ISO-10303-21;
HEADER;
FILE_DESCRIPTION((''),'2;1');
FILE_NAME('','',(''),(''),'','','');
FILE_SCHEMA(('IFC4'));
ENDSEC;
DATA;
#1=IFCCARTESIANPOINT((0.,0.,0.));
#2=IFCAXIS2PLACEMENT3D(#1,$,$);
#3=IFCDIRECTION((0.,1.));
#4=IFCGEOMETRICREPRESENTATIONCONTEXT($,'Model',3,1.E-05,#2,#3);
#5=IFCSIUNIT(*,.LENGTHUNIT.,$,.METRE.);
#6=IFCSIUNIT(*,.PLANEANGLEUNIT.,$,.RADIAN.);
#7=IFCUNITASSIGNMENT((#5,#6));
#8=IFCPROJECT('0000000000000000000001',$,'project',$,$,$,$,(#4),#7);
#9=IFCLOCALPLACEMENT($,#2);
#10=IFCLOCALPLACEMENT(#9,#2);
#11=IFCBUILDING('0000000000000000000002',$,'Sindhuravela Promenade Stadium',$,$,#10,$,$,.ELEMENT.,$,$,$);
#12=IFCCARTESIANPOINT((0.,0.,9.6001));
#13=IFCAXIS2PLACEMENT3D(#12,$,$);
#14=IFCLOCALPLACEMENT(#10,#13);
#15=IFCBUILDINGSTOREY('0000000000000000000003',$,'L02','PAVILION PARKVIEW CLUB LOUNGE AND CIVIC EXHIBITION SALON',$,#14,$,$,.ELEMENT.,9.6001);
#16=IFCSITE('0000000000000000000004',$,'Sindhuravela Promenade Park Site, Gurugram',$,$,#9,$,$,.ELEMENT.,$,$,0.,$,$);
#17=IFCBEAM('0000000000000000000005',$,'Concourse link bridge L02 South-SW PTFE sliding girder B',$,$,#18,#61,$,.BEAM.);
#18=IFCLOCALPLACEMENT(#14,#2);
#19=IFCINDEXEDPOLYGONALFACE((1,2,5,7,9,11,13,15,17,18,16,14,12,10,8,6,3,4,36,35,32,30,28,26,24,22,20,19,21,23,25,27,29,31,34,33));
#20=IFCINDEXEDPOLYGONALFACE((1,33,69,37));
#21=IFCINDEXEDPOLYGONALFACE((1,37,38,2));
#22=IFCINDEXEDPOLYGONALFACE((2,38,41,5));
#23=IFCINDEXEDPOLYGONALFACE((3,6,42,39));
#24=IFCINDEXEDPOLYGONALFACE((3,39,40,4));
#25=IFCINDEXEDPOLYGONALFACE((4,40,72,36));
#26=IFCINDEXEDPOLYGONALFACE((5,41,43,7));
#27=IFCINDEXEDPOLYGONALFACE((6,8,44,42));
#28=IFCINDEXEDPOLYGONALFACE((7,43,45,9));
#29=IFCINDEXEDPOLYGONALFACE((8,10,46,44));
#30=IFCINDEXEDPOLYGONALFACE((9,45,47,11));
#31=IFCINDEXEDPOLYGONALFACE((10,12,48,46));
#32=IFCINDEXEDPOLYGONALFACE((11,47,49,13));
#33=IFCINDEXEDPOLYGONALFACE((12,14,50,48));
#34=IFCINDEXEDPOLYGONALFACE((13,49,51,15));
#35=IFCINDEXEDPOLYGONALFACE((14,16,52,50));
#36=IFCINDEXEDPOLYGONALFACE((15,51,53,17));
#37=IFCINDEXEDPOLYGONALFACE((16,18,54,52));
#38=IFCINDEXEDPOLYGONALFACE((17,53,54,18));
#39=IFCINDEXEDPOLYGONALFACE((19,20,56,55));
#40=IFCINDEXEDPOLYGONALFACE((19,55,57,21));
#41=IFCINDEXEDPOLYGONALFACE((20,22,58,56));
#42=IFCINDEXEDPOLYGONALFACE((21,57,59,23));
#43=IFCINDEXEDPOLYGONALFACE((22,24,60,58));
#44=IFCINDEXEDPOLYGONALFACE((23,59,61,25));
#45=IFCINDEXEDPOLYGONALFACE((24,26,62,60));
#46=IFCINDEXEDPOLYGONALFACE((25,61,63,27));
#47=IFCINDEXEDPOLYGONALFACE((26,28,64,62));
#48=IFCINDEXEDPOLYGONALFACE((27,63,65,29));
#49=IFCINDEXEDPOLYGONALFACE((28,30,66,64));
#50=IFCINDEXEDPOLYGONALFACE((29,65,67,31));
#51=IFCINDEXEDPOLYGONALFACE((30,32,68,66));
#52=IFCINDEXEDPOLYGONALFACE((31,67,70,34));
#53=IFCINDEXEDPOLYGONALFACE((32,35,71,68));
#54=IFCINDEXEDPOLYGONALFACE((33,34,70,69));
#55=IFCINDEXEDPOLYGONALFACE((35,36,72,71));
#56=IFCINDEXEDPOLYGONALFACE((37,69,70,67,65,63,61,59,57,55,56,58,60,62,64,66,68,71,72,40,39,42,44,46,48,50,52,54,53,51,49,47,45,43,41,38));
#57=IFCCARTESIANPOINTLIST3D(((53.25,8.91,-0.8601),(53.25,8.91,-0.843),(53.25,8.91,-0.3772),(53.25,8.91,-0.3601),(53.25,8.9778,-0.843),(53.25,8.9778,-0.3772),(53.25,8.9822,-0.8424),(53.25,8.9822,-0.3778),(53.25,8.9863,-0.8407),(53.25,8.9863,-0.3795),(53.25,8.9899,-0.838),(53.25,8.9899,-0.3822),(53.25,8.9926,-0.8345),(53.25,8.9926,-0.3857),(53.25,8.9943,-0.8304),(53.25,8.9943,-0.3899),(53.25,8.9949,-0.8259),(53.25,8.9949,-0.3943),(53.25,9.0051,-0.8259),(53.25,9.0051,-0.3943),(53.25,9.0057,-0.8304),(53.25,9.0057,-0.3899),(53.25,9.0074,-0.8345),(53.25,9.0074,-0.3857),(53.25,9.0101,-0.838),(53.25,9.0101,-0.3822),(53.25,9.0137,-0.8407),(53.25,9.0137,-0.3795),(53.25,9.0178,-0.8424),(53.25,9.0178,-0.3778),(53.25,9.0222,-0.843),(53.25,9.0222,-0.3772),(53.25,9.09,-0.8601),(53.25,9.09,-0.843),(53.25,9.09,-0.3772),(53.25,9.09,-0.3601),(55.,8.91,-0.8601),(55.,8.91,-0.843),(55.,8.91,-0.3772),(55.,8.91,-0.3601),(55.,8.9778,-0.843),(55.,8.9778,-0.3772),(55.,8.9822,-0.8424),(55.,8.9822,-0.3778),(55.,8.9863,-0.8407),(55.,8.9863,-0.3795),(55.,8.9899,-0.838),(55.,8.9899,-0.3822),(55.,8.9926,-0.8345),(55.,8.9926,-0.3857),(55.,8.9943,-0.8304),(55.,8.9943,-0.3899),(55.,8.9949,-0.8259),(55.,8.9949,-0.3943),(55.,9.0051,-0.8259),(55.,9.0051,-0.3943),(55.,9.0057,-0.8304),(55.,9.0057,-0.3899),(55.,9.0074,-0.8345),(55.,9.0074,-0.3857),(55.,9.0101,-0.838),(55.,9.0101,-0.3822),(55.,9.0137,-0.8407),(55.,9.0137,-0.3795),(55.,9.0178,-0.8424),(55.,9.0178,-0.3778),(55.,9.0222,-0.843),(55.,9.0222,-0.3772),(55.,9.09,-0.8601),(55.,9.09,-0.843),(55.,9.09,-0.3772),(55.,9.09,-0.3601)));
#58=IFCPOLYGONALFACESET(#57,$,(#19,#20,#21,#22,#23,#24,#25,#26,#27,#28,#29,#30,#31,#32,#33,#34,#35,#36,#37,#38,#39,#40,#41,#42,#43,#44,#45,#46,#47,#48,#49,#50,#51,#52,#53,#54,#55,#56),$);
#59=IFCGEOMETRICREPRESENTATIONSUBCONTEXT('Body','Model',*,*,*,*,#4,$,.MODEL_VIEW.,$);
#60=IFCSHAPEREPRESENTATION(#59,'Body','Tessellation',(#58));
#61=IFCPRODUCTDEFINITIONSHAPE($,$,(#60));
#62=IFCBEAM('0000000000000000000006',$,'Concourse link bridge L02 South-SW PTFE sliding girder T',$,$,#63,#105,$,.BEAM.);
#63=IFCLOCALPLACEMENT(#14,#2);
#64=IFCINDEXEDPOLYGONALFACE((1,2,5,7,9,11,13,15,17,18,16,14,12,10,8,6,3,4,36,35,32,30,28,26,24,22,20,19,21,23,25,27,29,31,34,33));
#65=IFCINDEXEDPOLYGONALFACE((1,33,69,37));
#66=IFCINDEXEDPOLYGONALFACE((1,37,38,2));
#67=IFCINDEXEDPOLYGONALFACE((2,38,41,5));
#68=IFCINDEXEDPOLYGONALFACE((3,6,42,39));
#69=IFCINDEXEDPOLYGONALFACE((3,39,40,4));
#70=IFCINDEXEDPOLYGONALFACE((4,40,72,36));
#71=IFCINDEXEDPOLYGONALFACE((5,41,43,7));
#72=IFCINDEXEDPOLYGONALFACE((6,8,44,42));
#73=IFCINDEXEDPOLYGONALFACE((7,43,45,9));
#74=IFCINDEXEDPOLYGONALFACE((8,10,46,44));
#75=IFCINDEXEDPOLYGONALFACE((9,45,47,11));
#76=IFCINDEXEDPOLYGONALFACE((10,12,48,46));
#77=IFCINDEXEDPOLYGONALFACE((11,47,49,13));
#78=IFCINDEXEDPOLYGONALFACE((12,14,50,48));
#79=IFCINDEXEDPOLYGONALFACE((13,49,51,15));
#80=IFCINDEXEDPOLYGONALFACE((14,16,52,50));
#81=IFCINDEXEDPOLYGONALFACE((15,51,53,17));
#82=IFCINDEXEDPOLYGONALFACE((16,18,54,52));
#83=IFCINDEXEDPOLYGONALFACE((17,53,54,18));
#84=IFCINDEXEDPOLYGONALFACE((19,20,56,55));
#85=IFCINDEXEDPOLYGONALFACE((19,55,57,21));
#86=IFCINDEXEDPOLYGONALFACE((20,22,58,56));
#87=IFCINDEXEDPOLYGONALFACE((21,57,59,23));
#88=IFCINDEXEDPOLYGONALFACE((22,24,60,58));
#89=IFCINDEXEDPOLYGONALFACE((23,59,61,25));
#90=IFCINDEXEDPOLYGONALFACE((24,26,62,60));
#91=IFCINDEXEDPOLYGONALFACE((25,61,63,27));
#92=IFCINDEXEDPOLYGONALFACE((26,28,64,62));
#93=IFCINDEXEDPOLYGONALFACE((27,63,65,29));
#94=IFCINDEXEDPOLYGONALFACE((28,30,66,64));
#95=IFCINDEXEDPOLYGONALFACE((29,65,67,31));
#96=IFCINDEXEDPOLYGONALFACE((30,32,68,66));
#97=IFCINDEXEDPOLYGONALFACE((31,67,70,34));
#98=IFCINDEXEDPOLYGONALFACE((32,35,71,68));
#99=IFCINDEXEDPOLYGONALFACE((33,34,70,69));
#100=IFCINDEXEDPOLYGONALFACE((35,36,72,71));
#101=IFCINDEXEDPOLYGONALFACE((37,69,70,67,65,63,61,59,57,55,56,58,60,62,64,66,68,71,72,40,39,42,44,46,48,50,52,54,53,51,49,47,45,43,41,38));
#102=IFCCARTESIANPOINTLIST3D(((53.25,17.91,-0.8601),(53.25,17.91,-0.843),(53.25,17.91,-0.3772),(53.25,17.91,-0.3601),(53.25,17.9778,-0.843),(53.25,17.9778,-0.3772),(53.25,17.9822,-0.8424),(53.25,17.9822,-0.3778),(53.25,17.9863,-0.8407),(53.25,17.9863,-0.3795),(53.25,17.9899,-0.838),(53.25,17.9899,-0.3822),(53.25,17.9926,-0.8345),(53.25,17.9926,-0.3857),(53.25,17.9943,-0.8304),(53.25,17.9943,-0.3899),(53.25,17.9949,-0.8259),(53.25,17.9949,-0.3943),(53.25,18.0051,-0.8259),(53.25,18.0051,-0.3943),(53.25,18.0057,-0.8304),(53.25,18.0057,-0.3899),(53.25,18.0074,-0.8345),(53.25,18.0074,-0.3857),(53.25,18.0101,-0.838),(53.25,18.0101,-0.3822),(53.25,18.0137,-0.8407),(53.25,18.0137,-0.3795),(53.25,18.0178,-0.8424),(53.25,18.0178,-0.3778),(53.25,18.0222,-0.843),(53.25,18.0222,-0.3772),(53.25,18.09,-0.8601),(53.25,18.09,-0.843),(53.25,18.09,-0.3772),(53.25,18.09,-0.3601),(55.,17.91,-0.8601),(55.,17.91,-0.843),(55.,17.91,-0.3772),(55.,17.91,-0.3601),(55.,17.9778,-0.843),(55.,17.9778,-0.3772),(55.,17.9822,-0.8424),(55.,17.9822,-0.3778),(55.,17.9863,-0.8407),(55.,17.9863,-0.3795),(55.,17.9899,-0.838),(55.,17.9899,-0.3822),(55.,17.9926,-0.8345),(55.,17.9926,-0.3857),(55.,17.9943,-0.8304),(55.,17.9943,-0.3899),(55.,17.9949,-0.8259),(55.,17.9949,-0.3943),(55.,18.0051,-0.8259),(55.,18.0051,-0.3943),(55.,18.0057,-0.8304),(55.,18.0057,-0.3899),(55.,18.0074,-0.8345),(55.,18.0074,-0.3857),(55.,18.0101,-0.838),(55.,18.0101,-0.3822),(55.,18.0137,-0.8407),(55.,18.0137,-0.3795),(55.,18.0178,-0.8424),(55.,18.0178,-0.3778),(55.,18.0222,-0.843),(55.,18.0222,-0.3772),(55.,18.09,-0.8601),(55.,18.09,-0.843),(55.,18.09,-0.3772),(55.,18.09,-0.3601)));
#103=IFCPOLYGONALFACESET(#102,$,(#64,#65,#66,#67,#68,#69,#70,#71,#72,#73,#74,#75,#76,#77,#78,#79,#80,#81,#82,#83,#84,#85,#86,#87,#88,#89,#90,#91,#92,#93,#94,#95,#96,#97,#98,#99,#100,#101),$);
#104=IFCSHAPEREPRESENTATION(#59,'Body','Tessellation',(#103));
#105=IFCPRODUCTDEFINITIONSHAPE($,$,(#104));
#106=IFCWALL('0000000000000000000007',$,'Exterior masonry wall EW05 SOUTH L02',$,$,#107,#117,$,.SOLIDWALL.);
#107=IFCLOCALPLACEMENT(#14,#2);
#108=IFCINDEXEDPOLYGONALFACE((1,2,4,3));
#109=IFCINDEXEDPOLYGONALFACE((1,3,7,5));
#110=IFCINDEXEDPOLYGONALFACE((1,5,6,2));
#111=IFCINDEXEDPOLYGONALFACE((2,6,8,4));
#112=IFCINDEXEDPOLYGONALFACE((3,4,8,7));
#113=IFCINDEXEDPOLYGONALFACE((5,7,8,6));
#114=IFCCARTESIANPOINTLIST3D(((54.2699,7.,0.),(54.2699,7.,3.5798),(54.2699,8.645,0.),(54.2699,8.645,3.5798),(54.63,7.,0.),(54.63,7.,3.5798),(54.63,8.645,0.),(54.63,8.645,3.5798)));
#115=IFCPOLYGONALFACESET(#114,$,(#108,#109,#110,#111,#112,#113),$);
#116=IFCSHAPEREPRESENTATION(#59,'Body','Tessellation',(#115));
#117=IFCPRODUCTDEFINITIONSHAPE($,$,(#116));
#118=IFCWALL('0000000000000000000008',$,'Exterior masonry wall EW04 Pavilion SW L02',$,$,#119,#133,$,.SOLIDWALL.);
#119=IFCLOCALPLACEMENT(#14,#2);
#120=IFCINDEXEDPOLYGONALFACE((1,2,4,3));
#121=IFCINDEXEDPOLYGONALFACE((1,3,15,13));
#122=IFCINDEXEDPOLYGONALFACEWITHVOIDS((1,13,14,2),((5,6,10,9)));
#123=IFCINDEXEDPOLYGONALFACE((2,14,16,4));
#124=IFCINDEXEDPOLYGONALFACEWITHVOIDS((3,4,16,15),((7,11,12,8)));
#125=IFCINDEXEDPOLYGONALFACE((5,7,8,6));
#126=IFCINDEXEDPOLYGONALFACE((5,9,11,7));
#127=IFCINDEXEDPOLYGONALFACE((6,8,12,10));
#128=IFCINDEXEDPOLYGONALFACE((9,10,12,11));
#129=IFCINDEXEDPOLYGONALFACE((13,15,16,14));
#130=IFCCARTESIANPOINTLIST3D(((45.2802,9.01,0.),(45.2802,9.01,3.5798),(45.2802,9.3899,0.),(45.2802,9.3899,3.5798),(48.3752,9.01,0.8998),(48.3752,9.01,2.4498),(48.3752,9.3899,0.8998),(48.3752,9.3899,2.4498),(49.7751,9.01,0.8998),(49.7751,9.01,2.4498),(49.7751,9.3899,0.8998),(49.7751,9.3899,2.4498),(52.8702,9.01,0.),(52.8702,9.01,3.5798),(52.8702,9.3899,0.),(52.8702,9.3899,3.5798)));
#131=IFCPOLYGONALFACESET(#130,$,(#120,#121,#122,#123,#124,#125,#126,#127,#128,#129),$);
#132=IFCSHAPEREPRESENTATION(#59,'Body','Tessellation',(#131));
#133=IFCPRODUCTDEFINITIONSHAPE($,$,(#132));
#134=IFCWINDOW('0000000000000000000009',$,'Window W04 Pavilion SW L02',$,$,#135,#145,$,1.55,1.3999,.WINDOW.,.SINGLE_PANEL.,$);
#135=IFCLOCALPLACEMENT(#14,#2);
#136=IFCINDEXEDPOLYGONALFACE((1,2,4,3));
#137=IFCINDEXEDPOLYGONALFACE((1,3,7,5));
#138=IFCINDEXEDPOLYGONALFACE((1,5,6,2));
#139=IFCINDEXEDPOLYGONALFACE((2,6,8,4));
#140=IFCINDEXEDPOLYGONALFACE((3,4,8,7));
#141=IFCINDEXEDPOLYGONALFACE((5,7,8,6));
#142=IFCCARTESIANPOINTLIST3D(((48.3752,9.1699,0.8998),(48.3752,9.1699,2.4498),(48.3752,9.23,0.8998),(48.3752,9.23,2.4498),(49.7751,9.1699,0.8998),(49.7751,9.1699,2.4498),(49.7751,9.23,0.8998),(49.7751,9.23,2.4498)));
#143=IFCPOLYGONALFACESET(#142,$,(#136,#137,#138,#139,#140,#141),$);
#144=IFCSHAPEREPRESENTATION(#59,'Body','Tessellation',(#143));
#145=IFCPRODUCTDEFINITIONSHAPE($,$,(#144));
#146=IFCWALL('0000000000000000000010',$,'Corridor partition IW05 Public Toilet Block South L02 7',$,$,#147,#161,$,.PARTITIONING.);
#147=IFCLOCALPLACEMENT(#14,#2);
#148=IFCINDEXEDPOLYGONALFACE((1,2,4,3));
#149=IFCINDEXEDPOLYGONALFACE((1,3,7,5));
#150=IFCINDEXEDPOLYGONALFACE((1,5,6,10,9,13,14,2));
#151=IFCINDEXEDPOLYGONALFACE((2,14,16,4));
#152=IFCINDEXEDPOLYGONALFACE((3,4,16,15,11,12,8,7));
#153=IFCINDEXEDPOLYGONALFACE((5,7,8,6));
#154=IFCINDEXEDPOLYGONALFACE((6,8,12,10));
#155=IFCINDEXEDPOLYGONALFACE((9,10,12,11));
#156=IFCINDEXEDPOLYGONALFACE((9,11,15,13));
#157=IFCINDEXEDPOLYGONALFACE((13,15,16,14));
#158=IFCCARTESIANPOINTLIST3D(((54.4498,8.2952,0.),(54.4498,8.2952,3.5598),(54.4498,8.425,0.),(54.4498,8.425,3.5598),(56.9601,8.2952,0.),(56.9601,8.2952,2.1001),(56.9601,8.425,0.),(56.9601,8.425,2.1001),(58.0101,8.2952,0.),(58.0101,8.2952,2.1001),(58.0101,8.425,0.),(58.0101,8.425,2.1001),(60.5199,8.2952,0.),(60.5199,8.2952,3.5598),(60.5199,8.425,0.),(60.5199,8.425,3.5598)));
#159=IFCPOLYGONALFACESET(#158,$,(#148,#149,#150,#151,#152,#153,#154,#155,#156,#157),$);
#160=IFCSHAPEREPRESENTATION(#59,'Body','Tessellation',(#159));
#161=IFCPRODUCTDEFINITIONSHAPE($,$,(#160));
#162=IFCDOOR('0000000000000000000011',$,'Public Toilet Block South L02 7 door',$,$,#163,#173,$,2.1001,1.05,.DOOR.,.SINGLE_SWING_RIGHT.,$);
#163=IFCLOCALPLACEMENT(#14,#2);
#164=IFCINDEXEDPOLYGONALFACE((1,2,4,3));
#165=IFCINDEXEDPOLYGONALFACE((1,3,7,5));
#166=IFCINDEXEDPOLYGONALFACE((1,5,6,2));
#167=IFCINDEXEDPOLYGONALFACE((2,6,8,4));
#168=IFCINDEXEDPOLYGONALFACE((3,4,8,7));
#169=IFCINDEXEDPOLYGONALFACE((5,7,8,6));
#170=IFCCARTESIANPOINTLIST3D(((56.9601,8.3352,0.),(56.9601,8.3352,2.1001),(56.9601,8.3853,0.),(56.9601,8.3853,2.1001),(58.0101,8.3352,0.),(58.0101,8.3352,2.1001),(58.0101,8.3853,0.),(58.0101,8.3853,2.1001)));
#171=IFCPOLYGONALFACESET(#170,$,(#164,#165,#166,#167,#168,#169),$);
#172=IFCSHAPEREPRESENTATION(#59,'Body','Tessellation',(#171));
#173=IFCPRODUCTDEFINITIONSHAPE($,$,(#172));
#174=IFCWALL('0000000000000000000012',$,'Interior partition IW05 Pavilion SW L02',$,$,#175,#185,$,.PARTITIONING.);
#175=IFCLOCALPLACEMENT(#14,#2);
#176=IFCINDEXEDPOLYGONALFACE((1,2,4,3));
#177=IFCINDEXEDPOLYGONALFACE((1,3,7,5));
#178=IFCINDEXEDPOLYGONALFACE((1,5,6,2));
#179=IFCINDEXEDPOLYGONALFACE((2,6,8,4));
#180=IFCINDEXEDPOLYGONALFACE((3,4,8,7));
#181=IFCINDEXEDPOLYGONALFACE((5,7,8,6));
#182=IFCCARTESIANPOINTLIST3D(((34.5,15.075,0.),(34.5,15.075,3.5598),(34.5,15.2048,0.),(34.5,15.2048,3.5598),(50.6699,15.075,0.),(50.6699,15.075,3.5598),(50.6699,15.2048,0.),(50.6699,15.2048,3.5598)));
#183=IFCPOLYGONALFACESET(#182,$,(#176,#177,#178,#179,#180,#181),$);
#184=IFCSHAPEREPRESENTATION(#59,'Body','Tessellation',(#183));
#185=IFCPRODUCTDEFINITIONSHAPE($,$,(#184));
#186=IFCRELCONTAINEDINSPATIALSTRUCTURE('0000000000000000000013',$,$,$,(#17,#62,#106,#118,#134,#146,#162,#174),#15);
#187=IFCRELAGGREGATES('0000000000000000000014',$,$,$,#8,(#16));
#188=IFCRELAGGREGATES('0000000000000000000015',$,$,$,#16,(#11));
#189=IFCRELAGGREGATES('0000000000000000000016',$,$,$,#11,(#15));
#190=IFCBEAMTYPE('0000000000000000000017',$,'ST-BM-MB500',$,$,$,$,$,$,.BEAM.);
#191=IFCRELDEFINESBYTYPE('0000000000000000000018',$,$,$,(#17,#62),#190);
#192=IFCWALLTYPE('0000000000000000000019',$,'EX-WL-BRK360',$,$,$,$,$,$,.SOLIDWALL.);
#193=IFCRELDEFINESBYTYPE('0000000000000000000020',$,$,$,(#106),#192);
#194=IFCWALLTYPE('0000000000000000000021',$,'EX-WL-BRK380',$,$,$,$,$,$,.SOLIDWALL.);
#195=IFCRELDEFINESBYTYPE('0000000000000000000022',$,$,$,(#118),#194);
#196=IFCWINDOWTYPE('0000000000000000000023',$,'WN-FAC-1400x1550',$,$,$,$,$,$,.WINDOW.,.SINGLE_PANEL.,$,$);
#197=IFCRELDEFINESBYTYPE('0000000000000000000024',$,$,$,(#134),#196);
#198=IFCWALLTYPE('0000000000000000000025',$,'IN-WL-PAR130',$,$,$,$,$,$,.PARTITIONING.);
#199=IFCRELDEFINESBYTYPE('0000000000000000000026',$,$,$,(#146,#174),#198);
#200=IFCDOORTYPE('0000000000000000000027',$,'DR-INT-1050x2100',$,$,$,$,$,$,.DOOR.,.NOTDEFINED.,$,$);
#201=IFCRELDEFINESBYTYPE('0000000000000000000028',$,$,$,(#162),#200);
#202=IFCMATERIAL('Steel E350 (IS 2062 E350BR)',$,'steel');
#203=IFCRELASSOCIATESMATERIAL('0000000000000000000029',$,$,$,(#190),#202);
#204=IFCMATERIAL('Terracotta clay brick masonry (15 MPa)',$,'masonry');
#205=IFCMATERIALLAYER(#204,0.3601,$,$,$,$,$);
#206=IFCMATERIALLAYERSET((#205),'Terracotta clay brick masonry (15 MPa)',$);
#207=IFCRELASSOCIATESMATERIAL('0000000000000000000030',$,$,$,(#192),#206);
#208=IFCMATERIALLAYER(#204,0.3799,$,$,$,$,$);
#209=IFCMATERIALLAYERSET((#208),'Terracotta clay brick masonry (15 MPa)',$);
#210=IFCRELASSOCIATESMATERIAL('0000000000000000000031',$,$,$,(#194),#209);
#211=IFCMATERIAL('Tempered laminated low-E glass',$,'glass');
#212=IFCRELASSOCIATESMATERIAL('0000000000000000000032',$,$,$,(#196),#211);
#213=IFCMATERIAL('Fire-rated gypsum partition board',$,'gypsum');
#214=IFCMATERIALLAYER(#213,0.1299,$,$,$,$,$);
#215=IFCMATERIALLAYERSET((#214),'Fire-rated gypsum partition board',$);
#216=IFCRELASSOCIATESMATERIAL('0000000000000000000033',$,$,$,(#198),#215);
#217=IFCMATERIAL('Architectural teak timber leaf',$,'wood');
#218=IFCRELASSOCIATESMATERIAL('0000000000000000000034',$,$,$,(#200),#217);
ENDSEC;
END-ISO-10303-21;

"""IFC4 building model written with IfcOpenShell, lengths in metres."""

from ifc_helpers import new_model, si_unit, direction, frame, frame_2d, origin, origin_2d, place, context, subcontext, project, spatial, rectangle, i_section, extrude, material, layer, layer_set, material_profile, profile_set, type_object, element, fill, save


model = new_model("IFC4")

# Units and contexts
model_context = context("Model", 3, precision=1e-05, world=origin(), true_north=direction((0.0, 1.0)))
body_context = subcontext(model_context, "Body", "Model", "MODEL_VIEW")
ifc_project = project(units=[si_unit("LENGTHUNIT", "METRE"), si_unit("PLANEANGLEUNIT", "RADIAN")], contexts=[model_context])

# Site, building, storey
site_placement = place(None, origin())
site = spatial("IfcSite", under=ifc_project, at=site_placement, Name="Sindhuravela Promenade Park Site, Gurugram", CompositionType="ELEMENT", RefElevation=0.0)
building_placement = place(site_placement, origin())
building = spatial("IfcBuilding", under=site, at=building_placement, Name="Sindhuravela Promenade Stadium", CompositionType="ELEMENT")
storey_placement = place(building_placement, frame((0.0, 0.0, 9.6001)))
storey = spatial("IfcBuildingStorey", under=building, at=storey_placement, Name="L02", Description="PAVILION PARKVIEW CLUB LOUNGE AND CIVIC EXHIBITION SALON", CompositionType="ELEMENT", Elevation=9.6001)

# Beams
ifc_material_1 = material(Name="Steel E350 (IS 2062 E350BR)", Category="steel")
ifc_material_profile_1 = material_profile(ifc_material_1, i_section(OverallWidth=0.1799, OverallDepth=0.5, WebThickness=0.0103, FlangeThickness=0.0171, FilletRadius=0.0171, at=origin_2d()), Name="ISMB 500")
ifc_profile_set_1 = profile_set([ifc_material_profile_1], Name="Steel E350 (IS 2062 E350BR)")
beam_type_1 = type_object("IfcBeamType", Name="ST-BM-MB500", PredefinedType="BEAM", material=ifc_profile_set_1)
for number, where, z_axis, x_axis, name in (
    (1, (53.25, 9.0, -0.6101), (1.0, 0.0, 0.0), (0.0, 1.0, 0.0), "Concourse link bridge L02 South-SW PTFE sliding girder B"),
    (2, (53.25, 18.0, -0.6101), (1.0, 0.0, 0.0), (0.0, 1.0, 0.0), "Concourse link bridge L02 South-SW PTFE sliding girder T"),
):
    element("IfcBeam", number, at=place(storey_placement, frame(where, z_axis=z_axis, x_axis=x_axis)), inside=storey, type_object=beam_type_1, Name=name, PredefinedType="BEAM", context=body_context, shape_type="SweptSolid", body=[
        extrude(i_section(OverallWidth=0.1799, OverallDepth=0.5, WebThickness=0.0103, FlangeThickness=0.0171, FilletRadius=0.0171, at=origin_2d()), origin(), (0.0, 0.0, 1.0), 1.75),
    ])

# Wall
ifc_material_2 = material(Name="Terracotta clay brick masonry (15 MPa)", Category="masonry")
ifc_layer_1 = layer(ifc_material_2, 0.3601)
ifc_layer_set_1 = layer_set([ifc_layer_1], Name="Terracotta clay brick masonry (15 MPa)")
wall_type_1 = type_object("IfcWallType", Name="EX-WL-BRK360", PredefinedType="SOLIDWALL", material=ifc_layer_set_1)
wall_1_placement = place(storey_placement, frame((54.45, 7.0, 0.0), z_axis=(0.0, 0.0, 1.0), x_axis=(0.0, 1.0, 0.0)))
element("IfcWall", 3, at=wall_1_placement, inside=storey, type_object=wall_type_1, Name="Exterior masonry wall EW05 SOUTH L02", PredefinedType="SOLIDWALL", context=body_context, shape_type="SweptSolid", body=[
    extrude(rectangle(XDim=1.645, YDim=0.3601, at=frame_2d((0.8225, 0.0))), origin(), (0.0, 0.0, 1.0), 3.5798),
])

# Wall, opening, window
ifc_layer_2 = layer(ifc_material_2, 0.3799)
ifc_layer_set_2 = layer_set([ifc_layer_2], Name="Terracotta clay brick masonry (15 MPa)")
wall_type_2 = type_object("IfcWallType", Name="EX-WL-BRK380", PredefinedType="SOLIDWALL", material=ifc_layer_set_2)
wall_2_placement = place(storey_placement, frame((52.8701, 9.2, 0.0), z_axis=(0.0, 0.0, 1.0), x_axis=(-1.0, 0.0, 0.0)))
wall_2 = element("IfcWall", 4, at=wall_2_placement, inside=storey, type_object=wall_type_2, Name="Exterior masonry wall EW04 Pavilion SW L02", PredefinedType="SOLIDWALL", context=body_context, shape_type="SweptSolid", body=[
    extrude(rectangle(XDim=7.5901, YDim=0.3799, at=frame_2d((3.7949, 0.0))), origin(), (0.0, 0.0, 1.0), 3.5798),
])
opening_1_placement = place(wall_2_placement, frame((3.095, 0.0, 0.8999)))
opening_1 = element("IfcOpeningElement", 5, at=opening_1_placement, cuts=wall_2, PredefinedType="OPENING", context=body_context, shape_type="SweptSolid", body=[
    extrude(rectangle(XDim=1.3999, YDim=1.55, at=frame_2d((0.7, 0.7749))), frame((0.0, 0.2, 0.0), z_axis=(0.0, -1.0, 0.0), x_axis=(1.0, 0.0, 0.0)), (0.0, 0.0, 1.0), 0.3999),
])
ifc_material_3 = material(Name="Tempered laminated low-E glass", Category="glass")
window_type = type_object("IfcWindowType", Name="WN-FAC-1400x1550", PartitioningType="SINGLE_PANEL", PredefinedType="WINDOW", material=ifc_material_3)
window_placement = place(opening_1_placement, origin())
window = element("IfcWindow", 6, at=window_placement, inside=storey, type_object=window_type, Name="Window W04 Pavilion SW L02", OverallHeight=1.55, OverallWidth=1.3999, PartitioningType="SINGLE_PANEL", PredefinedType="WINDOW", context=body_context, shape_type="SweptSolid", body=[
    extrude(rectangle(XDim=1.3999, YDim=1.55, at=frame_2d((0.7, 0.7749))), frame((0.0, 0.03, 0.0), z_axis=(0.0, -1.0, 0.0), x_axis=(1.0, 0.0, 0.0)), (0.0, 0.0, 1.0), 0.0601),
])
fill(opening_1, window)

# Wall, opening, door
ifc_material_4 = material(Name="Fire-rated gypsum partition board", Category="gypsum")
ifc_layer_3 = layer(ifc_material_4, 0.1299)
ifc_layer_set_3 = layer_set([ifc_layer_3], Name="Fire-rated gypsum partition board")
wall_type_3 = type_object("IfcWallType", Name="IN-WL-PAR130", PredefinedType="PARTITIONING", material=ifc_layer_set_3)
wall_3_placement = place(storey_placement, frame((60.52, 8.3601, 0.0), z_axis=(0.0, 0.0, 1.0), x_axis=(-1.0, 0.0, 0.0)))
wall_3 = element("IfcWall", 7, at=wall_3_placement, inside=storey, type_object=wall_type_3, Name="Corridor partition IW05 Public Toilet Block South L02 7", PredefinedType="PARTITIONING", context=body_context, shape_type="SweptSolid", body=[
    extrude(rectangle(XDim=6.0701, YDim=0.1299, at=frame_2d((3.0352, 0.0))), origin(), (0.0, 0.0, 1.0), 3.5598),
])
opening_2_placement = place(wall_3_placement, frame((2.51, 0.0, 0.0)))
opening_2 = element("IfcOpeningElement", 8, at=opening_2_placement, cuts=wall_3, PredefinedType="OPENING", context=body_context, shape_type="SweptSolid", body=[
    extrude(rectangle(XDim=1.05, YDim=2.1001, at=frame_2d((0.5249, 1.05))), frame((0.0, 0.075, 0.0), z_axis=(0.0, -1.0, 0.0), x_axis=(1.0, 0.0, 0.0)), (0.0, 0.0, 1.0), 0.1499),
])
ifc_material_5 = material(Name="Architectural teak timber leaf", Category="wood")
door_type_1 = type_object("IfcDoorType", Name="DR-INT-1050x2100", OperationType="NOTDEFINED", PredefinedType="DOOR", material=ifc_material_5)
door_1_placement = place(opening_2_placement, origin())
door_1 = element("IfcDoor", 9, at=door_1_placement, inside=storey, type_object=door_type_1, Name="Public Toilet Block South L02 7 door", OperationType="SINGLE_SWING_RIGHT", OverallHeight=2.1001, OverallWidth=1.05, PredefinedType="DOOR", context=body_context, shape_type="SweptSolid", body=[
    extrude(rectangle(XDim=1.05, YDim=2.1001, at=frame_2d((0.5249, 1.05))), frame((0.0, 0.0249, 0.0), z_axis=(0.0, -1.0, 0.0), x_axis=(1.0, 0.0, 0.0)), (0.0, 0.0, 1.0), 0.05),
])
fill(opening_2, door_1)

# Wall
wall_4_placement = place(storey_placement, frame((50.6699, 15.1399, 0.0), z_axis=(0.0, 0.0, 1.0), x_axis=(-1.0, 0.0, 0.0)))
element("IfcWall", 10, at=wall_4_placement, inside=storey, type_object=wall_type_3, Name="Interior partition IW05 Pavilion SW L02", PredefinedType="PARTITIONING", context=body_context, shape_type="SweptSolid", body=[
    extrude(rectangle(XDim=16.1699, YDim=0.1299, at=frame_2d((8.085, 0.0))), origin(), (0.0, 0.0, 1.0), 3.5598),
])

save(model, "model.ifc")
